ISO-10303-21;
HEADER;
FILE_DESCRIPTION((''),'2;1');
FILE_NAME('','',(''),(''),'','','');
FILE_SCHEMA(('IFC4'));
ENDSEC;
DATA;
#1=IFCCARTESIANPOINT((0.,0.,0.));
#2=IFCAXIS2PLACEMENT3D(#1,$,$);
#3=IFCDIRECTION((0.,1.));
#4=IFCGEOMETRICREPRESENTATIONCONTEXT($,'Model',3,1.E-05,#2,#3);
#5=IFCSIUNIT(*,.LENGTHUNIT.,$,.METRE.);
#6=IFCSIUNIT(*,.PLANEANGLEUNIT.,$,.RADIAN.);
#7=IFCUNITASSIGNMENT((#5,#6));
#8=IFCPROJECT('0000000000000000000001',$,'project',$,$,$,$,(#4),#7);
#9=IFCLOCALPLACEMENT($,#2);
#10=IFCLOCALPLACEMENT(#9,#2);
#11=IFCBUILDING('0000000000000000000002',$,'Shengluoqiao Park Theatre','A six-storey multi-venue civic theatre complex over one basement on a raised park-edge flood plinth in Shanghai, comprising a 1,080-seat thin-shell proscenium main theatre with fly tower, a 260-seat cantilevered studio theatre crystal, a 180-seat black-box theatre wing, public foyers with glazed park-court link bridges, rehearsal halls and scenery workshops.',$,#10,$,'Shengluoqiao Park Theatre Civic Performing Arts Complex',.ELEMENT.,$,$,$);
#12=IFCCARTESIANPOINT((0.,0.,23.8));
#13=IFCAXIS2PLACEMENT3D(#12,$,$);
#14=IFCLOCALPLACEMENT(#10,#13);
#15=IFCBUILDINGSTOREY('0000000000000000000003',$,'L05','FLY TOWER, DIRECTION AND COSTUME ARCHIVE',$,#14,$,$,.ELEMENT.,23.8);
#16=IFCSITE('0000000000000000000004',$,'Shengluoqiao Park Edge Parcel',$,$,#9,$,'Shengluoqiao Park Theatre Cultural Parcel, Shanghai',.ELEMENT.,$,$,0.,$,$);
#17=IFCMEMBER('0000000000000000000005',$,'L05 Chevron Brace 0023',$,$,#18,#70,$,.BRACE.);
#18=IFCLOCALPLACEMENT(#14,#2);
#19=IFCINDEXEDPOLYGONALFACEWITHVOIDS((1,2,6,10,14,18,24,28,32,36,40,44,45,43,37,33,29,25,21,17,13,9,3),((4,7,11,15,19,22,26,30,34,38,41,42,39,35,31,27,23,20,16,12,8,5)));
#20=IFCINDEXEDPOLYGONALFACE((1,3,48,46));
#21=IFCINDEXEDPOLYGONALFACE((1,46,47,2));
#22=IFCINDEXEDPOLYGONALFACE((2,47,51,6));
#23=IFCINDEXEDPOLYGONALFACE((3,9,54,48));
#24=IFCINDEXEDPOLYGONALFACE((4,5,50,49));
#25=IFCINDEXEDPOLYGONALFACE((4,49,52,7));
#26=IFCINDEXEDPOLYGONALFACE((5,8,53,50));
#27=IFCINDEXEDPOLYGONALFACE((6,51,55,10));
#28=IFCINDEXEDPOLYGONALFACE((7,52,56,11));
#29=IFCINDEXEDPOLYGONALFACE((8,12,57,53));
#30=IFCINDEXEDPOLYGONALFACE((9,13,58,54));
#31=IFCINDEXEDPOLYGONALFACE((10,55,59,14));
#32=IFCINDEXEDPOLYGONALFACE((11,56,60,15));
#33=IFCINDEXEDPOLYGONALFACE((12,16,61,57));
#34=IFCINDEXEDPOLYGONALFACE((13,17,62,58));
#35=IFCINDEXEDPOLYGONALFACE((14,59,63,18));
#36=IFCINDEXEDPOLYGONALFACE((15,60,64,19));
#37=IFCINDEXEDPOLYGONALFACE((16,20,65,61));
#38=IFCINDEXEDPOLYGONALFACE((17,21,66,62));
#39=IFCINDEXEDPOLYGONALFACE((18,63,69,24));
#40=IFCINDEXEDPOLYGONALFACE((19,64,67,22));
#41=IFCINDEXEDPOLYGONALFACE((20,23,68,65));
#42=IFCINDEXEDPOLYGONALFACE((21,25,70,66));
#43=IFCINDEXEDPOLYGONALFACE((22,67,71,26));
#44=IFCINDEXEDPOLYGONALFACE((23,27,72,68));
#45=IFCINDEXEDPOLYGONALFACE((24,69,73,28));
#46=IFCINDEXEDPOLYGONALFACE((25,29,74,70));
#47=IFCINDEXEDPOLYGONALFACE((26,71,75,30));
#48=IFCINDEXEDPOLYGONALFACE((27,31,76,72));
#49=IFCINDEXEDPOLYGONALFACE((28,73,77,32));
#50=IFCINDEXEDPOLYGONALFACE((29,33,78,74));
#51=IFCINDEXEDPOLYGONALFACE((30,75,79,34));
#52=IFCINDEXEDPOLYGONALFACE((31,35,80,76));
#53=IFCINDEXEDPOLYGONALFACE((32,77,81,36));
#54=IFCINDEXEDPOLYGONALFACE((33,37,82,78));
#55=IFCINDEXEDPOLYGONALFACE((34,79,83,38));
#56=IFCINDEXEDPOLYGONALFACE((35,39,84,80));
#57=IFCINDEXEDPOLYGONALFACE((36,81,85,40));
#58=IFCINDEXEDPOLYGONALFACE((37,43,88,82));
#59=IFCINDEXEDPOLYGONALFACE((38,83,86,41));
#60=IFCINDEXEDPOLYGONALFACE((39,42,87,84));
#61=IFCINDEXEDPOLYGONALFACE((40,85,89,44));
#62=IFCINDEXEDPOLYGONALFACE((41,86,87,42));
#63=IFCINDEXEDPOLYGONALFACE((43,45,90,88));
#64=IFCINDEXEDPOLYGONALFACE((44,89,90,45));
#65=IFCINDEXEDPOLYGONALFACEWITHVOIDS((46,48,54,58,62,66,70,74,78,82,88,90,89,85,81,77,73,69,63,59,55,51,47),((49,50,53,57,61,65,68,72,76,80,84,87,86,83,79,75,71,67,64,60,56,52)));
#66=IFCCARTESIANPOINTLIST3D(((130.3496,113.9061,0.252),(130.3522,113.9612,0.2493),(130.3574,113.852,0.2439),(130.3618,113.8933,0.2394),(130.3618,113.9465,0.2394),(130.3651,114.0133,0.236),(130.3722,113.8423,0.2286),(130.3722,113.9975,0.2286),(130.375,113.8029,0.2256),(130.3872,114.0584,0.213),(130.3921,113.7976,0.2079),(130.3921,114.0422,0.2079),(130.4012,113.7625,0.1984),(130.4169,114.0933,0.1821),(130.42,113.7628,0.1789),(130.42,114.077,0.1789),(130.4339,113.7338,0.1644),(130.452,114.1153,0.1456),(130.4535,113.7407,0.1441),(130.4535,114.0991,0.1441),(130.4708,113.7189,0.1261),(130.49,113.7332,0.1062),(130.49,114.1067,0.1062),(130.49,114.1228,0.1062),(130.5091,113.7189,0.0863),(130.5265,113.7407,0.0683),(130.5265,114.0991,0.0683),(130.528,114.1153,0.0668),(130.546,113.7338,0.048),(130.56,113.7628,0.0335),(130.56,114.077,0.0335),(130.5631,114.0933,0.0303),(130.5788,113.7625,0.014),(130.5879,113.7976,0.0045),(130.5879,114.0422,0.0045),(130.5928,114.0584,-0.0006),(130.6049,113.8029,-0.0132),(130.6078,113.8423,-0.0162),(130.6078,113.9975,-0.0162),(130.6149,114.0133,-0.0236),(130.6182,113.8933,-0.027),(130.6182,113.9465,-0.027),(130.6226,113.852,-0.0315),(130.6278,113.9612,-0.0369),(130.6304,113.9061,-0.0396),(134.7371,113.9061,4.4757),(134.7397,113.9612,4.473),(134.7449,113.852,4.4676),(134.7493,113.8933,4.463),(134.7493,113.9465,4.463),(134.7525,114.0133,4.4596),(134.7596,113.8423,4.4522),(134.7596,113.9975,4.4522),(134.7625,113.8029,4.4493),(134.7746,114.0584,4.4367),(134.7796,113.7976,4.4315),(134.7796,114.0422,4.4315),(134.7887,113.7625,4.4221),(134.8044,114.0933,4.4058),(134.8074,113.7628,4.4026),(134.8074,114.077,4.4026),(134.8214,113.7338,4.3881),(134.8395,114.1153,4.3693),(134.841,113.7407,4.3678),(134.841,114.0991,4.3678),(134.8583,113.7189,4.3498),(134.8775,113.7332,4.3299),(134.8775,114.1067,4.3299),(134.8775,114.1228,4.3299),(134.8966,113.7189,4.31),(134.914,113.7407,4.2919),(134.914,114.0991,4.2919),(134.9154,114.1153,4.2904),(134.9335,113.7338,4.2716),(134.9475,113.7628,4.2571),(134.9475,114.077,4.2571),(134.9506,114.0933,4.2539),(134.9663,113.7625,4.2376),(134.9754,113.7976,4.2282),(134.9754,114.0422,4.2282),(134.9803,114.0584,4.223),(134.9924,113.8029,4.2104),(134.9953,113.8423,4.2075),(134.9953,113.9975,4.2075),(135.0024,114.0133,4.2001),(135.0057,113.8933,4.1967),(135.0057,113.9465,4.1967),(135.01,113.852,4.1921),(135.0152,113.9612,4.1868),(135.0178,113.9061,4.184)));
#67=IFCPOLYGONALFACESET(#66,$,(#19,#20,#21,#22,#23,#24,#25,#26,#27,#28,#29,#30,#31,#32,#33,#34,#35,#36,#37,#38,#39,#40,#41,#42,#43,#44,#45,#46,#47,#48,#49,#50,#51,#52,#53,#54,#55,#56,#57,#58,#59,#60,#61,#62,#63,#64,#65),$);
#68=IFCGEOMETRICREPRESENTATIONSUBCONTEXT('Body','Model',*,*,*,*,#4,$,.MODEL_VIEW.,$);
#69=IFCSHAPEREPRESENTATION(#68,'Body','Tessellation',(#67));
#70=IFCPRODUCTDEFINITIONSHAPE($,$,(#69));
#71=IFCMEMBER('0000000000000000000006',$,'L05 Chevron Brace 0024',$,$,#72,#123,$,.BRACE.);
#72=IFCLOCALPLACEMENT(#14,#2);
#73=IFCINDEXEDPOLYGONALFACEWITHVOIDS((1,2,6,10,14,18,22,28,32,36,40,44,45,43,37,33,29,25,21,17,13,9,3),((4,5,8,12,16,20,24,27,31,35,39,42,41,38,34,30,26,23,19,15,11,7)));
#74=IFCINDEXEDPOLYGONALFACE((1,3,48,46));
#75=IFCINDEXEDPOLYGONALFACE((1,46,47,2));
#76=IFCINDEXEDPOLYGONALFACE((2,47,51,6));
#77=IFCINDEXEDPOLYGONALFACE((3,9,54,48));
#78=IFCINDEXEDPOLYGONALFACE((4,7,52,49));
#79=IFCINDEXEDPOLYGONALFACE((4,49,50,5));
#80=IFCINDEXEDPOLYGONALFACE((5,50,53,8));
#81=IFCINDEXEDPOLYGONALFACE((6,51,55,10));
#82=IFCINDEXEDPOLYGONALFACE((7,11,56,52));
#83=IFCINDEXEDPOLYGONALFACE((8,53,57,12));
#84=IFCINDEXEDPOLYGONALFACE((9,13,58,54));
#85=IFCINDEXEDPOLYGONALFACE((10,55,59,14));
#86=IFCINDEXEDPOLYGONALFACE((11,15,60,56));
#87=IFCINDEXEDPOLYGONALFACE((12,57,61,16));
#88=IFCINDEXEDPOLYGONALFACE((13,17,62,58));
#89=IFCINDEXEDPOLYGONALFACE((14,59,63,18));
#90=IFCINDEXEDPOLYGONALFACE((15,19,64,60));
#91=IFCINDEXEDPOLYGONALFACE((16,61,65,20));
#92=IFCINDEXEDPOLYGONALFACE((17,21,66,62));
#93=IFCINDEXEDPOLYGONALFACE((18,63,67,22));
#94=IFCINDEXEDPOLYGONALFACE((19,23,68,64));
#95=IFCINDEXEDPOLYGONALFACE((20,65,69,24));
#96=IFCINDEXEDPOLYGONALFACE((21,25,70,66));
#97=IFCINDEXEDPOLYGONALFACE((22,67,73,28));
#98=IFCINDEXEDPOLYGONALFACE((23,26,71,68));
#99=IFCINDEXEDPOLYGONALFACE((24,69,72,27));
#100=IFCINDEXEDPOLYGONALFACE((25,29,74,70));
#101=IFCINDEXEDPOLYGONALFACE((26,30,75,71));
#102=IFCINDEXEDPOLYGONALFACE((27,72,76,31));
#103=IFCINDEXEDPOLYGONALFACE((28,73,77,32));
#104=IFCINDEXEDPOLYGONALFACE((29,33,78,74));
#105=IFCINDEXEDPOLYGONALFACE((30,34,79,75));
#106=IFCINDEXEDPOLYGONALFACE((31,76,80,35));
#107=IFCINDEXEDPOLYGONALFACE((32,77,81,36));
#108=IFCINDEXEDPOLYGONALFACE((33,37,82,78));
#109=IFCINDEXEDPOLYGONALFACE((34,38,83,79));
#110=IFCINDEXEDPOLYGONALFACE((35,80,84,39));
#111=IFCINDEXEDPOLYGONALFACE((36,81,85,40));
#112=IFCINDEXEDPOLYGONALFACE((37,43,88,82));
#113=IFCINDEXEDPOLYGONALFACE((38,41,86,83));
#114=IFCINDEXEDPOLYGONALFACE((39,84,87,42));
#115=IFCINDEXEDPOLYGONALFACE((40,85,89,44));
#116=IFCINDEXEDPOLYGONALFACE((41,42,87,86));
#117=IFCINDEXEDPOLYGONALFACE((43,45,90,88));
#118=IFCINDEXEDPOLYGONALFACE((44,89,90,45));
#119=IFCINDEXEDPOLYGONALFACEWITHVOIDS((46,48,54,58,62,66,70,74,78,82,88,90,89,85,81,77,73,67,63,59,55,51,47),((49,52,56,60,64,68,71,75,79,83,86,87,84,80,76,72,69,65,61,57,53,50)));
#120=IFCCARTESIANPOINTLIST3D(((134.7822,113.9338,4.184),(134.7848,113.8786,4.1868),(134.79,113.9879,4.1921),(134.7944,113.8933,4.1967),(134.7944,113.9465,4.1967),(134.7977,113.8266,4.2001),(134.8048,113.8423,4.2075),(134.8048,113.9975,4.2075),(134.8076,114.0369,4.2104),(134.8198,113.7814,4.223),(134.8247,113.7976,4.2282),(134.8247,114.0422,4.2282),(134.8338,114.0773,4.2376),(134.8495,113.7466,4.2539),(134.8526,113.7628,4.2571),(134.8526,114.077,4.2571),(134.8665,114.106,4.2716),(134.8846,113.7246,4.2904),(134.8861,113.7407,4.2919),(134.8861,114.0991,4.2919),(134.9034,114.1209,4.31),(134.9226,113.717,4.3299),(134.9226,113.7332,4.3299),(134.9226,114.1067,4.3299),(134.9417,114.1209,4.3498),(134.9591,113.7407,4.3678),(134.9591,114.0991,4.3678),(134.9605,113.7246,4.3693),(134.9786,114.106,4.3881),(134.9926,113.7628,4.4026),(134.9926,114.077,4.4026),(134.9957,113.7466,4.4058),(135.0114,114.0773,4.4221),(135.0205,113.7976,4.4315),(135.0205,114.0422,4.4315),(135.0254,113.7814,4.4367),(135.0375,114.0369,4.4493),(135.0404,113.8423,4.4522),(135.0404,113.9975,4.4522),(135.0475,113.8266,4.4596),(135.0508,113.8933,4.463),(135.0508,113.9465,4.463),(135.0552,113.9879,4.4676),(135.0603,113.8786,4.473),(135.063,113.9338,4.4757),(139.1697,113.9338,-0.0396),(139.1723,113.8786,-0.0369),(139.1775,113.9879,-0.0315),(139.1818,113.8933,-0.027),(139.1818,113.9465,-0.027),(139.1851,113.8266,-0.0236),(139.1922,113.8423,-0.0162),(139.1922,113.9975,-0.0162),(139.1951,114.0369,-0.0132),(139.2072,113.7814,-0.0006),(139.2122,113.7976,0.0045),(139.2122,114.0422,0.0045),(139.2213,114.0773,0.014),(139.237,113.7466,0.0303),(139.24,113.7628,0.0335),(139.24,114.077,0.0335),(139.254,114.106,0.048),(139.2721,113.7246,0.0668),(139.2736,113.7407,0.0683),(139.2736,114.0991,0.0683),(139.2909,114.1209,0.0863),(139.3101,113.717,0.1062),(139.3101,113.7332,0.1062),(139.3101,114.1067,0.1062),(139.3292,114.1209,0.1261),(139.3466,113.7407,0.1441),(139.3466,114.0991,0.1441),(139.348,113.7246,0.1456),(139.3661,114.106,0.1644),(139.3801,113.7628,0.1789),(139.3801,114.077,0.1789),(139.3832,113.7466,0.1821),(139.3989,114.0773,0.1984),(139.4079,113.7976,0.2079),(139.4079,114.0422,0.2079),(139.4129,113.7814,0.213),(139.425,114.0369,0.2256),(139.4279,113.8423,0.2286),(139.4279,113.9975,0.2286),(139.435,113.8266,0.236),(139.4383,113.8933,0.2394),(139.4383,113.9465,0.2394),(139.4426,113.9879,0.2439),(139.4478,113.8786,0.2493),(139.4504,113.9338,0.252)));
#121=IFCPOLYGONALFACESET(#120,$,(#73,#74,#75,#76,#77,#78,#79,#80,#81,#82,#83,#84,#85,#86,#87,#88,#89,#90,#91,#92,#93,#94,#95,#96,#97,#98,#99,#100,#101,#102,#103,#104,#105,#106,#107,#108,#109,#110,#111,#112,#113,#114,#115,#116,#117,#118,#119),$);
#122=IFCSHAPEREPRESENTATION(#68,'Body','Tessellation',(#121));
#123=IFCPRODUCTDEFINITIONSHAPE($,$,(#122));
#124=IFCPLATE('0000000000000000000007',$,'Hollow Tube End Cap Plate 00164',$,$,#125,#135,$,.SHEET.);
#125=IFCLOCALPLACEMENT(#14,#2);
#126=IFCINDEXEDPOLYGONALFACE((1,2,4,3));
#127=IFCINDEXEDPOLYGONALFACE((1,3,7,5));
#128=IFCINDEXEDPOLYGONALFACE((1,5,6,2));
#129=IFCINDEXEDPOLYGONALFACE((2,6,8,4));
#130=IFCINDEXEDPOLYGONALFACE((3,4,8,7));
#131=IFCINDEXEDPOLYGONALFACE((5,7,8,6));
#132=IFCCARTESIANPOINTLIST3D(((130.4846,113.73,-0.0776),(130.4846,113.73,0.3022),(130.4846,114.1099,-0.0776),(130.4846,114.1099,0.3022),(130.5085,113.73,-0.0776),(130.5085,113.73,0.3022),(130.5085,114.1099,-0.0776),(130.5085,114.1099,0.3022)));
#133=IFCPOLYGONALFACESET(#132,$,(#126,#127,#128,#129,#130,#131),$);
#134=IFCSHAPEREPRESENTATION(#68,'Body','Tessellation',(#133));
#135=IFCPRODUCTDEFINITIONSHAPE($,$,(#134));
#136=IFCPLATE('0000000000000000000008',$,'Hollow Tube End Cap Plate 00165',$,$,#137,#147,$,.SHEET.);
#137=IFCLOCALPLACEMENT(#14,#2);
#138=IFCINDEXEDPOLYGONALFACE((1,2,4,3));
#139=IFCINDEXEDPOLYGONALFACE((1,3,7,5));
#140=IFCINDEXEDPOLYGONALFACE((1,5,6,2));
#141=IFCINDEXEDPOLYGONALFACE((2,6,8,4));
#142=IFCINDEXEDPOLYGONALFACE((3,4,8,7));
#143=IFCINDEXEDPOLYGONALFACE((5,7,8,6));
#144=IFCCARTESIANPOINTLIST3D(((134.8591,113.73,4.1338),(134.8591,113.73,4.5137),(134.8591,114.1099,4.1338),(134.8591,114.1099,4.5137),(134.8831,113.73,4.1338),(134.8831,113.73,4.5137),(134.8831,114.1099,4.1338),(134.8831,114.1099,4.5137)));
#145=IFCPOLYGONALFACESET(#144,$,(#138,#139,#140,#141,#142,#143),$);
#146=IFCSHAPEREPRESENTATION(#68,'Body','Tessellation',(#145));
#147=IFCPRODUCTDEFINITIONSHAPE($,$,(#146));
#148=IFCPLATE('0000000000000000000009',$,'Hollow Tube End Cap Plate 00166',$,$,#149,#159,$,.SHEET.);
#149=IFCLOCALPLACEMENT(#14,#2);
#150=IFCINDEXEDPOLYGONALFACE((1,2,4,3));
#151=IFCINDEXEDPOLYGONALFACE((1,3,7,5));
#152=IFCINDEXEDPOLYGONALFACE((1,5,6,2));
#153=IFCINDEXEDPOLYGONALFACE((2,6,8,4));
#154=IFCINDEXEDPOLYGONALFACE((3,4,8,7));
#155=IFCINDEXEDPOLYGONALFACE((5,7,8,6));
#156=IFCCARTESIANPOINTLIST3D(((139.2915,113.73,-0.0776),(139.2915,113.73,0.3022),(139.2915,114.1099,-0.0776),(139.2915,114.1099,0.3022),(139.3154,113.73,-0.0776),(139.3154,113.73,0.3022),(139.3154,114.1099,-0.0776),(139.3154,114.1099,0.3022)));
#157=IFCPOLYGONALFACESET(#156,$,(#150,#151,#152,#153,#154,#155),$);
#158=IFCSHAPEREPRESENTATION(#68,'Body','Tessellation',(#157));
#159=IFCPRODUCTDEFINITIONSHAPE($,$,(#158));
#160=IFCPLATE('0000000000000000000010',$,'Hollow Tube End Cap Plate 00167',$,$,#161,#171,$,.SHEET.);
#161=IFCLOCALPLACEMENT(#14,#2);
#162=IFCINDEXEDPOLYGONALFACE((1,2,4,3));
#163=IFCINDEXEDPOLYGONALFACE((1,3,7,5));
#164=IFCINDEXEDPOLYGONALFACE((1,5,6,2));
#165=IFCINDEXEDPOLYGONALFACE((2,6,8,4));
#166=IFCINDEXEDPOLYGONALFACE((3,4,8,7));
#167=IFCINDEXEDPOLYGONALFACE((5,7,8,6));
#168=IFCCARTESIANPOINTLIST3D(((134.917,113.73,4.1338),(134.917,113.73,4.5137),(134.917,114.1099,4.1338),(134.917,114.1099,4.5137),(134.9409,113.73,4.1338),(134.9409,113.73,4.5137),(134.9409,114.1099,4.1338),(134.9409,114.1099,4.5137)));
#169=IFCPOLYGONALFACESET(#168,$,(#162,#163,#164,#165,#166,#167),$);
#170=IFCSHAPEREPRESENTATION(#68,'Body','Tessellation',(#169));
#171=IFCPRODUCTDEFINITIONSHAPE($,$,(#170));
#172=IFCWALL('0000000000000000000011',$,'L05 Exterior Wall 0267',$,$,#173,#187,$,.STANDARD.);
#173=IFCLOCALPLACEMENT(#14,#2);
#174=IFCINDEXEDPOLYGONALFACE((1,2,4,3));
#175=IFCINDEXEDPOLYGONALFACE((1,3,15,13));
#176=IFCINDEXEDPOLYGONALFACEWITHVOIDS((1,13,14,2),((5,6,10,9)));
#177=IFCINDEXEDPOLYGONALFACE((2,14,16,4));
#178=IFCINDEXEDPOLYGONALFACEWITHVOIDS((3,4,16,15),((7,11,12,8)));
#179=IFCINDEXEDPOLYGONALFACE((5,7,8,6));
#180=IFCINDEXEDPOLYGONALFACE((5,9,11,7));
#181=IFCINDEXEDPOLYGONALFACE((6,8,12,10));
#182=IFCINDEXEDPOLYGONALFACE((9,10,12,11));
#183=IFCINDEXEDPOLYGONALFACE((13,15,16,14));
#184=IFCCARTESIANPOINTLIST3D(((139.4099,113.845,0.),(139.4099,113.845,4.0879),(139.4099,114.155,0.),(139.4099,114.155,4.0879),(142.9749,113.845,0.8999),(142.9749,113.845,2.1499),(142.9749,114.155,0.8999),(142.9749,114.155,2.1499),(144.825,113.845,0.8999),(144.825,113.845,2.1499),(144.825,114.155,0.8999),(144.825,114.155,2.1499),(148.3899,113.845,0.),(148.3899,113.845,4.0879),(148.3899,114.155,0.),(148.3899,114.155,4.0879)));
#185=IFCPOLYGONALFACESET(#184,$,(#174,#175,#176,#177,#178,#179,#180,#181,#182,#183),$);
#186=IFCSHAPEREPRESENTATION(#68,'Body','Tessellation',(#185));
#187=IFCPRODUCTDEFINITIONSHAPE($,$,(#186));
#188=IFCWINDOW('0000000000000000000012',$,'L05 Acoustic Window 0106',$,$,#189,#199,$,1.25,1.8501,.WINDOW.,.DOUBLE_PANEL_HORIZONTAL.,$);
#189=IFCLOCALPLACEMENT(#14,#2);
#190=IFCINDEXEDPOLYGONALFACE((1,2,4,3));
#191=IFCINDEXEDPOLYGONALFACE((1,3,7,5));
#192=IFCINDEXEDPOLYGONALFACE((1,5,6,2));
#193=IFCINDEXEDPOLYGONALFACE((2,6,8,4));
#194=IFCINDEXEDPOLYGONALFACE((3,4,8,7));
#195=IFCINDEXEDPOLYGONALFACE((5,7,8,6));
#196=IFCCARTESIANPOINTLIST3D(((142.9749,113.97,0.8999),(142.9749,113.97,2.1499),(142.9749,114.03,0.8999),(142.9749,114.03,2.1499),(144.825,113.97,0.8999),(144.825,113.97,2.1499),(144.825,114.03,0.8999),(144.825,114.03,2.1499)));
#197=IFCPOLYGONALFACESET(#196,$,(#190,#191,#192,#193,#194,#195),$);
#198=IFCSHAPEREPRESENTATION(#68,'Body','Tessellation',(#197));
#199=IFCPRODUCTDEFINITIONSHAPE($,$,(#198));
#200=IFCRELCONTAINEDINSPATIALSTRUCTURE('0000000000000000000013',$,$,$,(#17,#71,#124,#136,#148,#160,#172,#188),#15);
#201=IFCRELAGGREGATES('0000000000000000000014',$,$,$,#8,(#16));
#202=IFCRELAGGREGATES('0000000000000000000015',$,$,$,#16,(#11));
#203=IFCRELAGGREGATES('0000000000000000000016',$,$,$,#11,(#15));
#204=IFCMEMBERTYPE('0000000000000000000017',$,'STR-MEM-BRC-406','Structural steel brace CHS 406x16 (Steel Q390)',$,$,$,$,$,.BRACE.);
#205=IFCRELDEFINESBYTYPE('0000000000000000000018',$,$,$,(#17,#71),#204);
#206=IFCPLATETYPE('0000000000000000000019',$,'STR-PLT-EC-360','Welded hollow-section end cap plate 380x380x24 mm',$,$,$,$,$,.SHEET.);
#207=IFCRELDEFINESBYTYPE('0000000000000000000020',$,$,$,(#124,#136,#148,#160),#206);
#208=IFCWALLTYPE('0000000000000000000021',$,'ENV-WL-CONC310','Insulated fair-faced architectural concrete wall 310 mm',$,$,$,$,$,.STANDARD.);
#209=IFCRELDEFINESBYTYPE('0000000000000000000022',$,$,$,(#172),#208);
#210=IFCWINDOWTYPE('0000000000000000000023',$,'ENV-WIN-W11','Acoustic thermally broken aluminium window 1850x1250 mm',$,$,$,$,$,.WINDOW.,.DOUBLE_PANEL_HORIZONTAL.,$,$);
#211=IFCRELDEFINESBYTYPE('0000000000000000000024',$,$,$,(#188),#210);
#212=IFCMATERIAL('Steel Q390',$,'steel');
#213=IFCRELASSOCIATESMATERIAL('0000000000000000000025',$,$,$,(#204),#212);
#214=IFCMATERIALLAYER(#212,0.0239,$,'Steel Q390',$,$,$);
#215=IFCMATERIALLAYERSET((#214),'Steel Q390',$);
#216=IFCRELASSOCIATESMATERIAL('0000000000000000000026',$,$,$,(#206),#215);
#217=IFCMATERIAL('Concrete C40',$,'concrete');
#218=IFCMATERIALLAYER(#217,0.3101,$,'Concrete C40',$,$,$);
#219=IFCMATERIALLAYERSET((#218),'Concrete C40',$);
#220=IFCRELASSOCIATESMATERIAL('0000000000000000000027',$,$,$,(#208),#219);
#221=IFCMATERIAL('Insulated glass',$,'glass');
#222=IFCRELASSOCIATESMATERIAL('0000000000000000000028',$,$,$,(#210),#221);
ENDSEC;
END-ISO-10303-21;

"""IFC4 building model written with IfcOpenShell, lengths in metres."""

from ifc_helpers import new_model, si_unit, direction, frame, frame_2d, origin, origin_2d, place, context, subcontext, project, spatial, rectangle, hollow_circle, extrude, material, layer, layer_set, material_profile, profile_set, type_object, element, fill, save


model = new_model("IFC4")

# Units and contexts
model_context = context("Model", 3, precision=1e-05, world=origin(), true_north=direction((0.0, 1.0)))
body_context = subcontext(model_context, "Body", "Model", "MODEL_VIEW")
ifc_project = project(units=[si_unit("LENGTHUNIT", "METRE"), si_unit("PLANEANGLEUNIT", "RADIAN")], contexts=[model_context])

# Site, building, storey
site_placement = place(None, origin())
site = spatial("IfcSite", under=ifc_project, at=site_placement, Name="Shengluoqiao Park Edge Parcel", LongName="Shengluoqiao Park Theatre Cultural Parcel, Shanghai", CompositionType="ELEMENT", RefElevation=0.0)
building_placement = place(site_placement, origin())
building = spatial("IfcBuilding", under=site, at=building_placement, Name="Shengluoqiao Park Theatre", Description="A six-storey multi-venue civic theatre complex over one basement on a raised park-edge flood plinth in Shanghai, comprising a 1,080-seat thin-shell proscenium main theatre with fly tower, a 260-seat cantilevered studio theatre crystal, a 180-seat black-box theatre wing, public foyers with glazed park-court link bridges, rehearsal halls and scenery workshops.", LongName="Shengluoqiao Park Theatre Civic Performing Arts Complex", CompositionType="ELEMENT")
storey_placement = place(building_placement, frame((0.0, 0.0, 23.8)))
storey = spatial("IfcBuildingStorey", under=building, at=storey_placement, Name="L05", Description="FLY TOWER, DIRECTION AND COSTUME ARCHIVE", CompositionType="ELEMENT", Elevation=23.8)

# Members
ifc_material_1 = material(Name="Steel Q390", Category="steel")
ifc_material_profile_1 = material_profile(ifc_material_1, hollow_circle(Radius=0.2029, WallThickness=0.0161, at=origin_2d()), Name="CHS 406x16")
ifc_profile_set_1 = profile_set([ifc_material_profile_1], Name="Steel Q390")
member_type = type_object("IfcMemberType", Name="STR-MEM-BRC-406", Description="Structural steel brace CHS 406x16 (Steel Q390)", PredefinedType="BRACE", material=ifc_profile_set_1)
for number, where, z_axis, x_axis, name in (
    (1, (130.49, 113.9199, 0.1062), (0.720429, 0.0, 0.693529), (0.0, 1.0, 0.0), "L05 Chevron Brace 0023"),
    (2, (139.3101, 113.9199, 0.1062), (-0.720429, 0.0, 0.693529), (0.0, -1.0, 0.0), "L05 Chevron Brace 0024"),
):
    element("IfcMember", number, at=place(storey_placement, frame(where, z_axis=z_axis, x_axis=x_axis)), inside=storey, type_object=member_type, Name=name, PredefinedType="BRACE", context=body_context, shape_type="SweptSolid", body=[
        extrude(hollow_circle(Radius=0.2029, WallThickness=0.0161, at=origin_2d()), origin(), (0.0, 0.0, 1.0), 6.0901),
    ])

# Plates
ifc_layer_1 = layer(ifc_material_1, 0.0239, Name="Steel Q390")
ifc_layer_set_1 = layer_set([ifc_layer_1], Name="Steel Q390")
plate_type = type_object("IfcPlateType", Name="STR-PLT-EC-360", Description="Welded hollow-section end cap plate 380x380x24 mm", PredefinedType="SHEET", material=ifc_layer_set_1)
for number, where, z_axis, x_axis, name in (
    (3, (130.4966, 113.9199, -0.0776), (0.0, 0.0, 1.0), (1.0, 0.0, 0.0), "Hollow Tube End Cap Plate 00164"),
    (4, (134.8711, 113.9199, 4.1338), (0.0, 0.0, 1.0), (1.0, 0.0, 0.0), "Hollow Tube End Cap Plate 00165"),
    (5, (139.3035, 113.9199, -0.0776), (0.0, 0.0, 1.0), (-1.0, 0.0, 0.0), "Hollow Tube End Cap Plate 00166"),
    (6, (134.929, 113.9199, 4.1338), (0.0, 0.0, 1.0), (-1.0, 0.0, 0.0), "Hollow Tube End Cap Plate 00167"),
):
    element("IfcPlate", number, at=place(storey_placement, frame(where, z_axis=z_axis, x_axis=x_axis)), inside=storey, type_object=plate_type, Name=name, PredefinedType="SHEET", context=body_context, shape_type="SweptSolid", body=[
        extrude(rectangle(XDim=0.0239, YDim=0.3799, at=origin_2d()), origin(), (0.0, 0.0, 1.0), 0.3799),
    ])

# Wall, opening, window
ifc_material_2 = material(Name="Concrete C40", Category="concrete")
ifc_layer_2 = layer(ifc_material_2, 0.3101, Name="Concrete C40")
ifc_layer_set_2 = layer_set([ifc_layer_2], Name="Concrete C40")
wall_type_1 = type_object("IfcWallType", Name="ENV-WL-CONC310", Description="Insulated fair-faced architectural concrete wall 310 mm", PredefinedType="STANDARD", material=ifc_layer_set_2)
wall_1_placement = place(storey_placement, frame((139.4099, 114.0, 0.0), z_axis=(0.0, 0.0, 1.0), x_axis=(1.0, 0.0, 0.0)))
wall_1 = element("IfcWall", 7, at=wall_1_placement, inside=storey, type_object=wall_type_1, Name="L05 Exterior Wall 0267", PredefinedType="STANDARD", context=body_context, shape_type="SweptSolid", body=[
    extrude(rectangle(XDim=8.98, YDim=0.3101, at=frame_2d((4.49, 0.0))), origin(), (0.0, 0.0, 1.0), 4.0879),
])
opening_1_placement = place(wall_1_placement, frame((3.5649, 0.0, 0.8999)))
opening_1 = element("IfcOpeningElement", 8, at=opening_1_placement, cuts=wall_1, PredefinedType="OPENING", context=body_context, shape_type="SweptSolid", body=[
    extrude(rectangle(XDim=1.8501, YDim=1.25, at=frame_2d((0.925, 0.625))), frame((0.0, 0.165, 0.0), z_axis=(0.0, -1.0, 0.0), x_axis=(1.0, 0.0, 0.0)), (0.0, 0.0, 1.0), 0.3301),
])
ifc_material_3 = material(Name="Insulated glass", Category="glass")
window_type = type_object("IfcWindowType", Name="ENV-WIN-W11", Description="Acoustic thermally broken aluminium window 1850x1250 mm", PartitioningType="DOUBLE_PANEL_HORIZONTAL", PredefinedType="WINDOW", material=ifc_material_3)
window_placement = place(opening_1_placement, origin())
window = element("IfcWindow", 9, at=window_placement, inside=storey, type_object=window_type, Name="L05 Acoustic Window 0106", OverallHeight=1.25, OverallWidth=1.8501, PartitioningType="DOUBLE_PANEL_HORIZONTAL", PredefinedType="WINDOW", context=body_context, shape_type="SweptSolid", body=[
    extrude(rectangle(XDim=1.8501, YDim=1.25, at=frame_2d((0.925, 0.625))), frame((0.0, 0.03, 0.0), z_axis=(0.0, -1.0, 0.0), x_axis=(1.0, 0.0, 0.0)), (0.0, 0.0, 1.0), 0.0601),
])
fill(opening_1, window)

save(model, "model.ifc")
